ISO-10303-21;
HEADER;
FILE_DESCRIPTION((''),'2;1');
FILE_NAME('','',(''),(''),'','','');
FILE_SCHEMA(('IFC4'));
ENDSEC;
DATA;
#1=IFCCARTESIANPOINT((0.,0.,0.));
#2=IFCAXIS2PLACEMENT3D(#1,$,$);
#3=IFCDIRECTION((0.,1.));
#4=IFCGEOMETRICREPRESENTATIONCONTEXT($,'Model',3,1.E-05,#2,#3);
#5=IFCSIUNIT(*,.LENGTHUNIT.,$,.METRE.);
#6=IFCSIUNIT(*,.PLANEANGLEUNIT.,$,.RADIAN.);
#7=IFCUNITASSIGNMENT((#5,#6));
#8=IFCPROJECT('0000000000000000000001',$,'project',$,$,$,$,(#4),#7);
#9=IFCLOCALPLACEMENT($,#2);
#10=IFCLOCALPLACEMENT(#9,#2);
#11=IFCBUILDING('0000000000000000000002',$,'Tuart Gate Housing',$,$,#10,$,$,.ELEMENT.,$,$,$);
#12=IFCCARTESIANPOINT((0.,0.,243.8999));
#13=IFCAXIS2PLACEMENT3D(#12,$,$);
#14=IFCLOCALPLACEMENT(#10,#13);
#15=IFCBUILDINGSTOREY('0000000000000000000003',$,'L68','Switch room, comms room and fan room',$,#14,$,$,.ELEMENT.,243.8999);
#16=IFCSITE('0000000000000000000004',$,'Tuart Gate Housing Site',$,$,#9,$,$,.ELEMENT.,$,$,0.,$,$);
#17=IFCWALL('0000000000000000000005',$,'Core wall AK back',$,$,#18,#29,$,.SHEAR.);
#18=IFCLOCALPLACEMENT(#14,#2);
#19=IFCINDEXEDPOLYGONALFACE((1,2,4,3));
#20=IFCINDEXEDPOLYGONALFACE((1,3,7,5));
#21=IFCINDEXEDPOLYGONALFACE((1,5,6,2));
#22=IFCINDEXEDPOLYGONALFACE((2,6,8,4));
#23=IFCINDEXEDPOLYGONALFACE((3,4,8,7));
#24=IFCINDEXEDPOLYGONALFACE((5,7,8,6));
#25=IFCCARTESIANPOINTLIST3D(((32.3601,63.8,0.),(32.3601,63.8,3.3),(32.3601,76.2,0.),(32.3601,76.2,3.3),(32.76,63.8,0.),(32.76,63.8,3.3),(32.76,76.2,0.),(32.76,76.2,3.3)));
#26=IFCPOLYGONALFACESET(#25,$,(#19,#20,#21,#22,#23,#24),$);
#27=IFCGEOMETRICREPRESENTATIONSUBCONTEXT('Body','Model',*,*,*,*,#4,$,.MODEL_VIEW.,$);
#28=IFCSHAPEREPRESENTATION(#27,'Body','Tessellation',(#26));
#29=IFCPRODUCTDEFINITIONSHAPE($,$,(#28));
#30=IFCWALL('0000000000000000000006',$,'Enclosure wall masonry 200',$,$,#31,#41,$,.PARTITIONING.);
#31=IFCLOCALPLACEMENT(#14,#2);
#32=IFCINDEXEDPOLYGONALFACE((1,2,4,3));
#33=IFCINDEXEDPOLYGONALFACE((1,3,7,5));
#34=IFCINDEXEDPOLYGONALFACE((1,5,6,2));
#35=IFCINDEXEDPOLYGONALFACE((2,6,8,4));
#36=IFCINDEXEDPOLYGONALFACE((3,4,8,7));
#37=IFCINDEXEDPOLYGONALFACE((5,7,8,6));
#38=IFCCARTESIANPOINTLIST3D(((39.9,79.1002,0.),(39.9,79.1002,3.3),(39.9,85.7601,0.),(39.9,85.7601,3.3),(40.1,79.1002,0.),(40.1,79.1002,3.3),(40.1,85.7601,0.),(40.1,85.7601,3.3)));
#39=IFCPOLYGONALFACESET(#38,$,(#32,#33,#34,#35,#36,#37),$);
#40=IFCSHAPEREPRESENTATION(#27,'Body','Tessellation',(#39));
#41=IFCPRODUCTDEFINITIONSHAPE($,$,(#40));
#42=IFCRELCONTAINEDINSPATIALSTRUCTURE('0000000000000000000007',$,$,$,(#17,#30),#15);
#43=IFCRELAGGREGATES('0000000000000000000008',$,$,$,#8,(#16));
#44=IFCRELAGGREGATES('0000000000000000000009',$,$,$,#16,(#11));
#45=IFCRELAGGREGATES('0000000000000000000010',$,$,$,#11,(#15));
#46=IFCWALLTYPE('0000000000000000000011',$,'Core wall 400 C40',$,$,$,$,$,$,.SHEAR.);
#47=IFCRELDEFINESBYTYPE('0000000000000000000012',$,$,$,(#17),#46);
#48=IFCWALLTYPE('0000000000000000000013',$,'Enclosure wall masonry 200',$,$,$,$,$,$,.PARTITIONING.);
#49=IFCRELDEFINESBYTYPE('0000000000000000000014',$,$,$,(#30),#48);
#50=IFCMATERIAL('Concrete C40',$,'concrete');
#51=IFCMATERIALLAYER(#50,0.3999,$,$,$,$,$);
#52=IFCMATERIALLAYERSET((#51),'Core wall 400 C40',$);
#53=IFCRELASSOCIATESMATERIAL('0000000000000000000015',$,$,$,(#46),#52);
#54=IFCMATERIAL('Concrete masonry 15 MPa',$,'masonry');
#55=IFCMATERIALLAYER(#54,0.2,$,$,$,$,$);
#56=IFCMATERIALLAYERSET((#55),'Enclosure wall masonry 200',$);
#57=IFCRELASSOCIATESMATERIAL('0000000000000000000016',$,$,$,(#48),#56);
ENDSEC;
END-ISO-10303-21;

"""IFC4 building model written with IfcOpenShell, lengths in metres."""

from ifc_helpers import new_model, si_unit, direction, frame, frame_2d, origin, place, context, subcontext, project, spatial, rectangle, extrude, material, layer, layer_set, type_object, element, save


model = new_model("IFC4")

# Units and contexts
model_context = context("Model", 3, precision=1e-05, world=origin(), true_north=direction((0.0, 1.0)))
body_context = subcontext(model_context, "Body", "Model", "MODEL_VIEW")
ifc_project = project(units=[si_unit("LENGTHUNIT", "METRE"), si_unit("PLANEANGLEUNIT", "RADIAN")], contexts=[model_context])

# Site, building, storey
site_placement = place(None, origin())
site = spatial("IfcSite", under=ifc_project, at=site_placement, Name="Tuart Gate Housing Site", CompositionType="ELEMENT", RefElevation=0.0)
building_placement = place(site_placement, origin())
building = spatial("IfcBuilding", under=site, at=building_placement, Name="Tuart Gate Housing", CompositionType="ELEMENT")
storey_placement = place(building_placement, frame((0.0, 0.0, 243.8999)))
storey = spatial("IfcBuildingStorey", under=building, at=storey_placement, Name="L68", Description="Switch room, comms room and fan room", CompositionType="ELEMENT", Elevation=243.8999)

# Wall
ifc_material_1 = material(Name="Concrete C40", Category="concrete")
ifc_layer_1 = layer(ifc_material_1, 0.3999)
ifc_layer_set_1 = layer_set([ifc_layer_1], Name="Core wall 400 C40")
wall_type_1 = type_object("IfcWallType", Name="Core wall 400 C40", PredefinedType="SHEAR", material=ifc_layer_set_1)
wall_1_placement = place(storey_placement, frame((32.5601, 76.2, 0.0), z_axis=(0.0, 0.0, 1.0), x_axis=(0.0, -1.0, 0.0)))
element("IfcWall", 1, at=wall_1_placement, inside=storey, type_object=wall_type_1, Name="Core wall AK back", PredefinedType="SHEAR", context=body_context, shape_type="SweptSolid", body=[
    extrude(rectangle(XDim=12.3999, YDim=0.3999, at=frame_2d((6.2, 0.0))), origin(), (0.0, 0.0, 1.0), 3.3),
])

# Shared definitions
ifc_material_2 = material(Name="Concrete masonry 15 MPa", Category="masonry")
ifc_layer_2 = layer(ifc_material_2, 0.2)
ifc_layer_set_2 = layer_set([ifc_layer_2], Name="Enclosure wall masonry 200")
wall_type_2 = type_object("IfcWallType", Name="Enclosure wall masonry 200", PredefinedType="PARTITIONING", material=ifc_layer_set_2)

# Wall
wall_2_placement = place(storey_placement, frame((40.0, 79.1001, 0.0), z_axis=(0.0, 0.0, 1.0), x_axis=(0.0, 1.0, 0.0)))
element("IfcWall", 2, at=wall_2_placement, inside=storey, type_object=wall_type_2, Name="Enclosure wall masonry 200", PredefinedType="PARTITIONING", context=body_context, shape_type="SweptSolid", body=[
    extrude(rectangle(XDim=6.6599, YDim=0.2, at=frame_2d((3.3301, 0.0))), origin(), (0.0, 0.0, 1.0), 3.3),
])

save(model, "model.ifc")
